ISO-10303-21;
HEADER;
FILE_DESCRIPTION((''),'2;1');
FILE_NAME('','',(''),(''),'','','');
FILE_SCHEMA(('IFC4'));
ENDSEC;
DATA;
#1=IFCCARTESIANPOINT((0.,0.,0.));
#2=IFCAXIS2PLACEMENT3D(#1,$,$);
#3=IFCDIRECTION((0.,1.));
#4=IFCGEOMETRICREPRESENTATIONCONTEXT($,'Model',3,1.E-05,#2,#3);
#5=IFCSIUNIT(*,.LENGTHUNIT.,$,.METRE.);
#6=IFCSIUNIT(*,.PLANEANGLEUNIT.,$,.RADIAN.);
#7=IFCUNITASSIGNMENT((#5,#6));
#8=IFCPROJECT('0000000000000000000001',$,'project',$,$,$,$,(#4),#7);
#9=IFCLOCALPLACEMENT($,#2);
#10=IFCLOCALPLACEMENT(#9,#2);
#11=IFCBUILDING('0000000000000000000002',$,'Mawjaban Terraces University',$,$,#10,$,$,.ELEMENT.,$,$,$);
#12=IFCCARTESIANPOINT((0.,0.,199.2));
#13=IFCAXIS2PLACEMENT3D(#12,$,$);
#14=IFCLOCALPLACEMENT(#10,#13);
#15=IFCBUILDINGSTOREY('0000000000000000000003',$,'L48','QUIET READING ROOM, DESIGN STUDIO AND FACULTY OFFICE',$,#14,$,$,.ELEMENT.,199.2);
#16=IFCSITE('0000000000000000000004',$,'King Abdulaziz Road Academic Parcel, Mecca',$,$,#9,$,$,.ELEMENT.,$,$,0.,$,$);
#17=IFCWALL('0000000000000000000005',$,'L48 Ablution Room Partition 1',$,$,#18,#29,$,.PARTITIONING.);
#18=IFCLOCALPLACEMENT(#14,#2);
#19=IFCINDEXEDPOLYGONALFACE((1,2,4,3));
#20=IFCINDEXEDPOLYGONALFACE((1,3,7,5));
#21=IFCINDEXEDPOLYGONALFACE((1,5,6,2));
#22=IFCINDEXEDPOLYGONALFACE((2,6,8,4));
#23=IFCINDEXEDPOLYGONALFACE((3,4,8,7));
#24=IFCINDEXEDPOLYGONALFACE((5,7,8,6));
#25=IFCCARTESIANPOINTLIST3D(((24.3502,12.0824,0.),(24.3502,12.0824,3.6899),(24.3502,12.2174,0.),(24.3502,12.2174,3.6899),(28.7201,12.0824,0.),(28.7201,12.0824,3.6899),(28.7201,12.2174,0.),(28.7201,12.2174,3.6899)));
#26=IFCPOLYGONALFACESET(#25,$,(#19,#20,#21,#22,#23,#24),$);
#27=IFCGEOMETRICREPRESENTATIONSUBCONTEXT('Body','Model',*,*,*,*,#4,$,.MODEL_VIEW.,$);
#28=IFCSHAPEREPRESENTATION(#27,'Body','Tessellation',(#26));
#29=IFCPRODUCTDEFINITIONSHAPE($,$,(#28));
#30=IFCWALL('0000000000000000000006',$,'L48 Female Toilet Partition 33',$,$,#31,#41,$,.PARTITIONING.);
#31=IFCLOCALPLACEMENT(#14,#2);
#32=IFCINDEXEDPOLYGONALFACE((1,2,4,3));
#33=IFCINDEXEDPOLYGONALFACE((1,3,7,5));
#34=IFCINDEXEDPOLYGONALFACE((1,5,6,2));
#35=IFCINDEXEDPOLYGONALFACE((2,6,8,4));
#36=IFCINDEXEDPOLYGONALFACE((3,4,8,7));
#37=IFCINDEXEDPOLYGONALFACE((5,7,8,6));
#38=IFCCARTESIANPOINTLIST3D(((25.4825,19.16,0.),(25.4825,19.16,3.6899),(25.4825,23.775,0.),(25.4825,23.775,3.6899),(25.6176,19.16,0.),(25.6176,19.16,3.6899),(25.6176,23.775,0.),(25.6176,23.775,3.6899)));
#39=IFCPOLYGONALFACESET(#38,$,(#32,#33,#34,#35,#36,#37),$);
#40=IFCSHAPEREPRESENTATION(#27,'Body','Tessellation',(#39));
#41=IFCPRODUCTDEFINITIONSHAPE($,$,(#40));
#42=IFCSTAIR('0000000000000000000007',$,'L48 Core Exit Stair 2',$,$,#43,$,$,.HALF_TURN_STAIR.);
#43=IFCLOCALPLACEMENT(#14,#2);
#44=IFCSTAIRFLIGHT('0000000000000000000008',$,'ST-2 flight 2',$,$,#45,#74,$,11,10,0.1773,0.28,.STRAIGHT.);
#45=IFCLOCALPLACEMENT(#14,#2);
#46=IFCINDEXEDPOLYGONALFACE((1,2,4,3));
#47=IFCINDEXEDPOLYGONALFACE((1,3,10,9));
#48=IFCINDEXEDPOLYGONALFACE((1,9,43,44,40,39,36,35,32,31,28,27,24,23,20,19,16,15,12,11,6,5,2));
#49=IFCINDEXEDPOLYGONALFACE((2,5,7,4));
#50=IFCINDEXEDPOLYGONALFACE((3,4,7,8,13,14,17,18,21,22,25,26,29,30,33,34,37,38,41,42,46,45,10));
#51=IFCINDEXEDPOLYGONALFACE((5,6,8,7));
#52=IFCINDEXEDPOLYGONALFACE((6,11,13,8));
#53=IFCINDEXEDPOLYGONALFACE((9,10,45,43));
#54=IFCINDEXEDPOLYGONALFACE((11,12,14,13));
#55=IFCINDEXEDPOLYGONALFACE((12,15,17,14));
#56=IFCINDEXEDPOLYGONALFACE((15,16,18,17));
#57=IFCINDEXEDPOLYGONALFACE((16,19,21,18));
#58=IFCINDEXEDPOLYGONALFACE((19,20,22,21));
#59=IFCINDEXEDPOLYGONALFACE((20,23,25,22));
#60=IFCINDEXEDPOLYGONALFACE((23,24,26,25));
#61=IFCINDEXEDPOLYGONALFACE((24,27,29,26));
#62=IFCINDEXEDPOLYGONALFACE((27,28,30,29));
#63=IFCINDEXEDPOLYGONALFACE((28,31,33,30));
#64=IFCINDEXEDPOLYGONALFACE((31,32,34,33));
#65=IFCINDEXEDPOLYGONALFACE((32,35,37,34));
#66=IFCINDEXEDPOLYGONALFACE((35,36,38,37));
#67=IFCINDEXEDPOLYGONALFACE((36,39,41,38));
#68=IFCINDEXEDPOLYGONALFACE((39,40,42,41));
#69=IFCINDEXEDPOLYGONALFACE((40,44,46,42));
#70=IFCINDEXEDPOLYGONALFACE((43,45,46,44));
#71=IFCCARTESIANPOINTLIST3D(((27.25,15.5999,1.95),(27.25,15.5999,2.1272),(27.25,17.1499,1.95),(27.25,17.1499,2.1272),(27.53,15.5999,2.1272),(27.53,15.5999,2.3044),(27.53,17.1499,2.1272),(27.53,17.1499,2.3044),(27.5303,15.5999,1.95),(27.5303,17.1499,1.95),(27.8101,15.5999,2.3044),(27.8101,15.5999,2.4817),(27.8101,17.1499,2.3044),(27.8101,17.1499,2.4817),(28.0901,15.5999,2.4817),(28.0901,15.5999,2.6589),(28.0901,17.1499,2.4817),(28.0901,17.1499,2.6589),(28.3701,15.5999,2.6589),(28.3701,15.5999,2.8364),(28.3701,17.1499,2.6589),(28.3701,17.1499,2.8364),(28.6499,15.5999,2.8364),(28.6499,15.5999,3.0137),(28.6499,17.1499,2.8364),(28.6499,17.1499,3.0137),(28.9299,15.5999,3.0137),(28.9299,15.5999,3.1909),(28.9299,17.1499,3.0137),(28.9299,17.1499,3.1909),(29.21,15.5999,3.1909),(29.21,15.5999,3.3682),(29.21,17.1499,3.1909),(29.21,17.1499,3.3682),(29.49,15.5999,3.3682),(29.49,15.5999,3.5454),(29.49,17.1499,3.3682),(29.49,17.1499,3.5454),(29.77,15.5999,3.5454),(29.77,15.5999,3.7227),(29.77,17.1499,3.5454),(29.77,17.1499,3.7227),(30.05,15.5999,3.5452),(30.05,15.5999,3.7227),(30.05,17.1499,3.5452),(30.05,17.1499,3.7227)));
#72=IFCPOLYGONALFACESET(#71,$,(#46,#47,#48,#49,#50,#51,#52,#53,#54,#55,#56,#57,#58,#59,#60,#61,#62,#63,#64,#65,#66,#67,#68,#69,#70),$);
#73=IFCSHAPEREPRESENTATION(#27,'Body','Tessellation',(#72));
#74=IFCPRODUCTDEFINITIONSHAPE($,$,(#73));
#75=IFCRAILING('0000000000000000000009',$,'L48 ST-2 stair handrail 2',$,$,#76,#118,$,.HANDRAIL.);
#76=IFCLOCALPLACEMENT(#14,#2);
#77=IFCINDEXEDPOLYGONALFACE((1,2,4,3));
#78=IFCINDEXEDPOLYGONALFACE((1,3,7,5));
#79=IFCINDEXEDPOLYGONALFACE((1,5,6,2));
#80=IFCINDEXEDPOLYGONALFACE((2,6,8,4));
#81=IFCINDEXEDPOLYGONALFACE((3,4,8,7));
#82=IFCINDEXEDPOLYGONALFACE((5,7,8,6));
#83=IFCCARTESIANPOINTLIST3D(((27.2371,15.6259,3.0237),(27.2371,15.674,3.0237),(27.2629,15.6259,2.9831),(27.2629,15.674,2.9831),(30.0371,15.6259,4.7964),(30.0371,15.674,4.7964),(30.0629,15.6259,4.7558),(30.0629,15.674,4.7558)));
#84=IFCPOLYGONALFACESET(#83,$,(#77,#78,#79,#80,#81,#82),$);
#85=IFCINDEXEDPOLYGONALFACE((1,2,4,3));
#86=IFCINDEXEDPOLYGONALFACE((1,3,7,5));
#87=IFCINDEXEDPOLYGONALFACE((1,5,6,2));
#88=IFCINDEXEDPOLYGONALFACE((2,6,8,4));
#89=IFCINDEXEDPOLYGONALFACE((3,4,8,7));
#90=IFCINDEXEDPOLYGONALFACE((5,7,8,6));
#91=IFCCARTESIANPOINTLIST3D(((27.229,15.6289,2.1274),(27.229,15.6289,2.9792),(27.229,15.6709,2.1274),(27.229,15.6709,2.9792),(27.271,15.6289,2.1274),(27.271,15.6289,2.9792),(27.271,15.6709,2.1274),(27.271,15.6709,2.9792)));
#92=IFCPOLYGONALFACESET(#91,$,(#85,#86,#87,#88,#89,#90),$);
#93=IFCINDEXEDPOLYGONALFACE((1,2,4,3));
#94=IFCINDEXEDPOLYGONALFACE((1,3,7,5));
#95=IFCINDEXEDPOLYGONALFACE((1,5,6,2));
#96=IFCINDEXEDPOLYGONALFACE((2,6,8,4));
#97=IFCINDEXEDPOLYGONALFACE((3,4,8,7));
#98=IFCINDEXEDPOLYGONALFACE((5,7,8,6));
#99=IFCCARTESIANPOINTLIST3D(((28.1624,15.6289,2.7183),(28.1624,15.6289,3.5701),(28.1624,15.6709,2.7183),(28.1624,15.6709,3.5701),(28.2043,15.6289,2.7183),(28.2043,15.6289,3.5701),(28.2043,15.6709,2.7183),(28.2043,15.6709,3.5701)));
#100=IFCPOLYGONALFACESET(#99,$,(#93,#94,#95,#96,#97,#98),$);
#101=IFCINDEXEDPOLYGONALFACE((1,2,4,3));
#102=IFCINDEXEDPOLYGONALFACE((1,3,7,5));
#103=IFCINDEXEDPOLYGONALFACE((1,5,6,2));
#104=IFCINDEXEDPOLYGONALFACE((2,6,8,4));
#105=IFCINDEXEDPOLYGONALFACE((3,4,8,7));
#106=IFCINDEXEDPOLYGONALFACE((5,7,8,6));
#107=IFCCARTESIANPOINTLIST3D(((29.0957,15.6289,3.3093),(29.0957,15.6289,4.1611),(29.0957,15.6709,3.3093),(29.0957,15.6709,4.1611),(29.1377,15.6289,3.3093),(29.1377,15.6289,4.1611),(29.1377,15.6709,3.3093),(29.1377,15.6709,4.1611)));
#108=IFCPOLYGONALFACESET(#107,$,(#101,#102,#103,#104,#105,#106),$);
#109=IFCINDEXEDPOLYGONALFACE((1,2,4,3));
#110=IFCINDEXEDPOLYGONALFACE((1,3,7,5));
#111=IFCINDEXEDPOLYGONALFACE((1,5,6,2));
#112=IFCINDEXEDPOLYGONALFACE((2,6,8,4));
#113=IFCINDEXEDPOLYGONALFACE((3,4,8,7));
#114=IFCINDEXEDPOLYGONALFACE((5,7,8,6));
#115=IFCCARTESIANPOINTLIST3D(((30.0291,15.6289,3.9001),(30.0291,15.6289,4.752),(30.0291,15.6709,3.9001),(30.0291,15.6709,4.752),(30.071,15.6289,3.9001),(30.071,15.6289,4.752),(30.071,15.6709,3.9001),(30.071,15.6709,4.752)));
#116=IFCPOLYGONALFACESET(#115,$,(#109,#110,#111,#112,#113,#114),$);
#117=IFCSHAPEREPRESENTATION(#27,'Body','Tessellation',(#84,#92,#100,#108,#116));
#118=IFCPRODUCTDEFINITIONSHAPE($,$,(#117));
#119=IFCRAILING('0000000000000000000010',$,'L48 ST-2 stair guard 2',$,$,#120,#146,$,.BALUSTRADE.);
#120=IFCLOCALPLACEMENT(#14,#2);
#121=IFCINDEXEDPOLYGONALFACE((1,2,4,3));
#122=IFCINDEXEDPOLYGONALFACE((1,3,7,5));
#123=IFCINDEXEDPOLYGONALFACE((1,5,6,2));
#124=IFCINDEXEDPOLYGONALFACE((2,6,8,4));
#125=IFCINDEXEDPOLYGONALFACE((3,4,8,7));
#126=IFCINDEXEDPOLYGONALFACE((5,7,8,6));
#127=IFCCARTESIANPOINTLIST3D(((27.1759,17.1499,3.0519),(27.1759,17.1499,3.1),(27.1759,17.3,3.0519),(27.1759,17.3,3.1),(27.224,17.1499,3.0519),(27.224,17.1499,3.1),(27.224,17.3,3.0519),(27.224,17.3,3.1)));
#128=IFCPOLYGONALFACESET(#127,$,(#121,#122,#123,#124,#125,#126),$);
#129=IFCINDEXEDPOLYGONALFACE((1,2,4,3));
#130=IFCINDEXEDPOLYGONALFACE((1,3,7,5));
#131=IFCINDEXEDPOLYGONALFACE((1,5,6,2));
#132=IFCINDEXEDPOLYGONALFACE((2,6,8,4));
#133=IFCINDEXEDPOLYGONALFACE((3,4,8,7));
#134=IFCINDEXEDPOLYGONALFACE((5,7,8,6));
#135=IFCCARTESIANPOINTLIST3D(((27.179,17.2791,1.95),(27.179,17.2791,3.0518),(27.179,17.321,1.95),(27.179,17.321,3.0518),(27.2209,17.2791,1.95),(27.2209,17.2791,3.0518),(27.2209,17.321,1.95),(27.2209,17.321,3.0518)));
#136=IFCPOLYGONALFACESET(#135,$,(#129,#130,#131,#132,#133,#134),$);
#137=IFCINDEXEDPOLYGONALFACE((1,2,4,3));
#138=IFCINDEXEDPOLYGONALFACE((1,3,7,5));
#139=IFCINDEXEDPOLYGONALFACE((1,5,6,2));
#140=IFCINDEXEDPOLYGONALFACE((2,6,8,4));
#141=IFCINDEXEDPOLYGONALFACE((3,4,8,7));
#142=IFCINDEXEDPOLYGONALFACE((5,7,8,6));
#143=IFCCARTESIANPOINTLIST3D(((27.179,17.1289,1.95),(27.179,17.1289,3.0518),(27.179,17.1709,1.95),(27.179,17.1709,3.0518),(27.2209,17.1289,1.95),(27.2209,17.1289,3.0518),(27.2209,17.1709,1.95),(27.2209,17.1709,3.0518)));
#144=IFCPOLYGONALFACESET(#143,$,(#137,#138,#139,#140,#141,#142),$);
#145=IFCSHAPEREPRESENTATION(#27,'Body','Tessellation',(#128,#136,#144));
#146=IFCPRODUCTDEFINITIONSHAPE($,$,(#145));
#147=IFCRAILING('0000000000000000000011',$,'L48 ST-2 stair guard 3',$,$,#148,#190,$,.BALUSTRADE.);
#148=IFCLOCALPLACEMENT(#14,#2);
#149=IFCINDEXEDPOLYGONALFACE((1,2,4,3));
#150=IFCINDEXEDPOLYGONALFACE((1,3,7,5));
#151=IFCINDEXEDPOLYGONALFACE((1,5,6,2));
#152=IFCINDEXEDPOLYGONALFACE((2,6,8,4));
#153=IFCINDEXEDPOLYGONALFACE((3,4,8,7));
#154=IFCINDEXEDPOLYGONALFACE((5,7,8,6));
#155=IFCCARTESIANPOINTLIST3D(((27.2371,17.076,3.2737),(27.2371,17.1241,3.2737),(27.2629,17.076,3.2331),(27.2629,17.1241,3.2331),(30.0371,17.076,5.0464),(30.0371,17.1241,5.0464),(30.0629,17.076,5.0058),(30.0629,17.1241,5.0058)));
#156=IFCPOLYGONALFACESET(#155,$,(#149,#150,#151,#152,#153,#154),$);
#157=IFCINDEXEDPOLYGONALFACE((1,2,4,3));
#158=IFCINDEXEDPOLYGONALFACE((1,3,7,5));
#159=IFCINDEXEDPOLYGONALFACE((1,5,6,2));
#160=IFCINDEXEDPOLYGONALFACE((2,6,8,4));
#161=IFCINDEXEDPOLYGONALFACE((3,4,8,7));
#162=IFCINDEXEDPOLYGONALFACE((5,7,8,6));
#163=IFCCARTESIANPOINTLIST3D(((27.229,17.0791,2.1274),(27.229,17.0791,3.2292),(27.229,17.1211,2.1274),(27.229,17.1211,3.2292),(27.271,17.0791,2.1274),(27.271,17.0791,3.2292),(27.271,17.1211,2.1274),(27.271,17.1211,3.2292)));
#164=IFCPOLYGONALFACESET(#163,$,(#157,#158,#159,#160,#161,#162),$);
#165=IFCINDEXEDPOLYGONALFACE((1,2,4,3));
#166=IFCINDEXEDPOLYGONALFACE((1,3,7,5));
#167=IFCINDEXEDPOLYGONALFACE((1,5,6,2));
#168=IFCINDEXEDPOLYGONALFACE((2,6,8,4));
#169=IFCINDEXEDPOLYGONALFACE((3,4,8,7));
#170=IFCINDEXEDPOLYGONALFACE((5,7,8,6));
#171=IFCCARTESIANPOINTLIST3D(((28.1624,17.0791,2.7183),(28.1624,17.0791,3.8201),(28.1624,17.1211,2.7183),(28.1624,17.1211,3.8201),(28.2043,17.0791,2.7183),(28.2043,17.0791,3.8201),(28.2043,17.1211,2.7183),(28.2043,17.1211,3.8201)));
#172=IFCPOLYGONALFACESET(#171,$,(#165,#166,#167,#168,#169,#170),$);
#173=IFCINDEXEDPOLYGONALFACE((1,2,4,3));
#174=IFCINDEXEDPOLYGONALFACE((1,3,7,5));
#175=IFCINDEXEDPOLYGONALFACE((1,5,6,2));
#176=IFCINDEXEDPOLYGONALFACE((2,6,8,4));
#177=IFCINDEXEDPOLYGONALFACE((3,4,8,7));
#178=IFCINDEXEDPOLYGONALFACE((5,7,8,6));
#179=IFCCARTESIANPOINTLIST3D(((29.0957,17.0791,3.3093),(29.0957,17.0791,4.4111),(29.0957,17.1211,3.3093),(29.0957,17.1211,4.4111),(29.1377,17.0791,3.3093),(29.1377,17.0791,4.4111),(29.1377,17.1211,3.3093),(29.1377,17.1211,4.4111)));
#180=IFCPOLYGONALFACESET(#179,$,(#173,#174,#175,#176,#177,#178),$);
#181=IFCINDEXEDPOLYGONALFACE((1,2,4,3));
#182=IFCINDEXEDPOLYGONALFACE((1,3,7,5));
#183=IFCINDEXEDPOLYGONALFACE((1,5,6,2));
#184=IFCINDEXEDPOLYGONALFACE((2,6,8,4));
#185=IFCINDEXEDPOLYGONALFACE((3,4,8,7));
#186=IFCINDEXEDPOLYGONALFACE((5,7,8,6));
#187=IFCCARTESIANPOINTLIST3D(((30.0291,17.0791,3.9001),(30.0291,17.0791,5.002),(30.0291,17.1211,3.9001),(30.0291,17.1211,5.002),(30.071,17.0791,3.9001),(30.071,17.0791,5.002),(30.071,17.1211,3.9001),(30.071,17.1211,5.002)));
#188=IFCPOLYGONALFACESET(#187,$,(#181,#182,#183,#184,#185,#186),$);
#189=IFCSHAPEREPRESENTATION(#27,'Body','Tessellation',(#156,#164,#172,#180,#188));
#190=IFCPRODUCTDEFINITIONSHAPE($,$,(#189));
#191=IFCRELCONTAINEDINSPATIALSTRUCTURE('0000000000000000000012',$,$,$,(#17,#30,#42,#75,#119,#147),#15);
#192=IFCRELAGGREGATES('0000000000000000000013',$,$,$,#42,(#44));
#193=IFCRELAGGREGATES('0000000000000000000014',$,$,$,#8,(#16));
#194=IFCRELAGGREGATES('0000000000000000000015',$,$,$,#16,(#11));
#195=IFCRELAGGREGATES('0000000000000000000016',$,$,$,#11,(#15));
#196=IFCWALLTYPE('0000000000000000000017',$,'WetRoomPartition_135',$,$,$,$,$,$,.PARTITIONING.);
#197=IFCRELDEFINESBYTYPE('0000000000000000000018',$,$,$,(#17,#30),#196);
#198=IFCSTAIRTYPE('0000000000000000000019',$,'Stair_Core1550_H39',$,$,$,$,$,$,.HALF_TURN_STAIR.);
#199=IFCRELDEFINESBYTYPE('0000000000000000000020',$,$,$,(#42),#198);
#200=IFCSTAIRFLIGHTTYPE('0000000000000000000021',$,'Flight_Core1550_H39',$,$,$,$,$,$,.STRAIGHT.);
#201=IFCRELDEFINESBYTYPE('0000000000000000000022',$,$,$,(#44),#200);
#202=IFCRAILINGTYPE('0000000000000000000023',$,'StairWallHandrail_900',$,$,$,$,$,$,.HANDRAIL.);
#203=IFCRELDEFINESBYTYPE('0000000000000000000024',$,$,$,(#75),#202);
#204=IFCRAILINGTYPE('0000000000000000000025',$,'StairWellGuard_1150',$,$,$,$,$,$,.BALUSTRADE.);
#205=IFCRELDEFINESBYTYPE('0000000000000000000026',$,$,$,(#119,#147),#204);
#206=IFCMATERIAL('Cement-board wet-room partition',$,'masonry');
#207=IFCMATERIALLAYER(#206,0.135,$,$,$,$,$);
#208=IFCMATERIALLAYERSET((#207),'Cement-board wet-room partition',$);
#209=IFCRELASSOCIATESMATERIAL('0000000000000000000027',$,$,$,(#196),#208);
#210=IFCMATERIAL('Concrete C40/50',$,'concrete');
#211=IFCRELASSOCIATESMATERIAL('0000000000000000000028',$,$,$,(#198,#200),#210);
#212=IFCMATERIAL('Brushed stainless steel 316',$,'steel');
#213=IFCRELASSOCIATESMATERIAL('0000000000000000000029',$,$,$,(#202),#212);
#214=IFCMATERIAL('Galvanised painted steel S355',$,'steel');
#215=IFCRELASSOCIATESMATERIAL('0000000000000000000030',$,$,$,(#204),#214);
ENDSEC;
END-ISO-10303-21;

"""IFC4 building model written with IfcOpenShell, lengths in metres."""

from ifc_helpers import new_model, si_unit, direction, frame, frame_2d, origin, origin_2d, place, context, subcontext, project, spatial, polyline, rectangle, outline, extrude, material, layer, layer_set, type_object, element, aggregate, save


model = new_model("IFC4")

# Units and contexts
model_context = context("Model", 3, precision=1e-05, world=origin(), true_north=direction((0.0, 1.0)))
body_context = subcontext(model_context, "Body", "Model", "MODEL_VIEW")
ifc_project = project(units=[si_unit("LENGTHUNIT", "METRE"), si_unit("PLANEANGLEUNIT", "RADIAN")], contexts=[model_context])

# Site, building, storey
site_placement = place(None, origin())
site = spatial("IfcSite", under=ifc_project, at=site_placement, Name="King Abdulaziz Road Academic Parcel, Mecca", CompositionType="ELEMENT", RefElevation=0.0)
building_placement = place(site_placement, origin())
building = spatial("IfcBuilding", under=site, at=building_placement, Name="Mawjaban Terraces University", CompositionType="ELEMENT")
storey_placement = place(building_placement, frame((0.0, 0.0, 199.2)))
storey = spatial("IfcBuildingStorey", under=building, at=storey_placement, Name="L48", Description="QUIET READING ROOM, DESIGN STUDIO AND FACULTY OFFICE", CompositionType="ELEMENT", Elevation=199.2)

# Walls
ifc_material_1 = material(Name="Concrete C40/50", Category="concrete")
ifc_material_2 = material(Name="Cement-board wet-room partition", Category="masonry")
ifc_layer_1 = layer(ifc_material_2, 0.135)
ifc_layer_set_1 = layer_set([ifc_layer_1], Name="Cement-board wet-room partition")
wall_type_1 = type_object("IfcWallType", Name="WetRoomPartition_135", PredefinedType="PARTITIONING", material=ifc_layer_set_1)
wall_1_placement = place(storey_placement, frame((24.3501, 12.1499, 0.0), z_axis=(0.0, 0.0, 1.0), x_axis=(1.0, 0.0, 0.0)))
element("IfcWall", 1, at=wall_1_placement, inside=storey, type_object=wall_type_1, Name="L48 Ablution Room Partition 1", PredefinedType="PARTITIONING", context=body_context, shape_type="SweptSolid", body=[
    extrude(rectangle(XDim=4.3699, YDim=0.135, at=frame_2d((2.1851, 0.0))), origin(), (0.0, 0.0, 1.0), 3.6899),
])
wall_2_placement = place(storey_placement, frame((25.55, 19.1599, 0.0), z_axis=(0.0, 0.0, 1.0), x_axis=(0.0, 1.0, 0.0)))
element("IfcWall", 2, at=wall_2_placement, inside=storey, type_object=wall_type_1, Name="L48 Female Toilet Partition 33", PredefinedType="PARTITIONING", context=body_context, shape_type="SweptSolid", body=[
    extrude(rectangle(XDim=4.615, YDim=0.135, at=frame_2d((2.3076, 0.0))), origin(), (0.0, 0.0, 1.0), 3.6899),
])

# Stair, stair flight
stair_type = type_object("IfcStairType", Name="Stair_Core1550_H39", PredefinedType="HALF_TURN_STAIR", material=ifc_material_1)
stair_placement = place(storey_placement, origin())
stair = element("IfcStair", 3, at=stair_placement, inside=storey, type_object=stair_type, Name="L48 Core Exit Stair 2", PredefinedType="HALF_TURN_STAIR")
stair_flight_type = type_object("IfcStairFlightType", Name="Flight_Core1550_H39", PredefinedType="STRAIGHT", material=ifc_material_1)
stair_flight_placement = place(storey_placement, frame((27.25, 16.375, 1.95), z_axis=(0.0, 0.0, 1.0), x_axis=(1.0, 0.0, 0.0)))
stair_flight = element("IfcStairFlight", 4, at=stair_flight_placement, type_object=stair_flight_type, Name="ST-2 flight 2", NumberOfRisers=11, NumberOfTreads=10, PredefinedType="STRAIGHT", RiserHeight=0.1773, TreadLength=0.28, context=body_context, shape_type="SweptSolid", body=[
    extrude(outline(polyline([(0.0, 0.0), (0.0, 0.1772), (0.28, 0.1772), (0.28, 0.3545), (0.5601, 0.3545), (0.5601, 0.5317), (0.8401, 0.5317), (0.8401, 0.709), (1.1201, 0.709), (1.1201, 0.8865), (1.3999, 0.8865), (1.3999, 1.0637), (1.6799, 1.0637), (1.6799, 1.241), (1.96, 1.241), (1.96, 1.4182), (2.24, 1.4182), (2.24, 1.5955), (2.52, 1.5955), (2.52, 1.7727), (2.8, 1.7727), (2.8, 1.95), (2.8, 1.5952), (0.2803, 0.0), (0.0, 0.0)])), frame((0.0, 0.7749, 0.0), z_axis=(0.0, -1.0, 0.0), x_axis=(1.0, 0.0, 0.0)), (0.0, 0.0, 1.0), 1.55),
])
aggregate(stair, [stair_flight])

# Railings
ifc_material_3 = material(Name="Brushed stainless steel 316", Category="steel")
railing_type_1 = type_object("IfcRailingType", Name="StairWallHandrail_900", PredefinedType="HANDRAIL", material=ifc_material_3)
railing_1_placement = place(storey_placement, frame((27.25, 15.6499, 2.1274)))
element("IfcRailing", 5, at=railing_1_placement, inside=storey, type_object=railing_type_1, Name="L48 ST-2 stair handrail 2", PredefinedType="HANDRAIL", context=body_context, shape_type="SweptSolid", body=[
    extrude(rectangle(XDim=0.0481, YDim=0.0481, at=origin_2d()), frame((0.0, 0.0, 0.876), z_axis=(0.844909, 0.0, 0.53491), x_axis=(0.0, 1.0, 0.0)), (0.0, 0.0, 1.0), 3.314),
    extrude(rectangle(XDim=0.042, YDim=0.042, at=origin_2d()), origin(), (0.0, 0.0, 1.0), 0.8518),
    extrude(rectangle(XDim=0.042, YDim=0.042, at=origin_2d()), frame((0.9333, 0.0, 0.5908)), (0.0, 0.0, 1.0), 0.8518),
    extrude(rectangle(XDim=0.042, YDim=0.042, at=origin_2d()), frame((1.8667, 0.0, 1.1819)), (0.0, 0.0, 1.0), 0.8518),
    extrude(rectangle(XDim=0.042, YDim=0.042, at=origin_2d()), frame((2.8, 0.0, 1.7727)), (0.0, 0.0, 1.0), 0.8518),
])
ifc_material_4 = material(Name="Galvanised painted steel S355", Category="steel")
railing_type_2 = type_object("IfcRailingType", Name="StairWellGuard_1150", PredefinedType="BALUSTRADE", material=ifc_material_4)
railing_2_placement = place(storey_placement, frame((27.2, 17.3, 1.95)))
element("IfcRailing", 6, at=railing_2_placement, inside=storey, type_object=railing_type_2, Name="L48 ST-2 stair guard 2", PredefinedType="BALUSTRADE", context=body_context, shape_type="SweptSolid", body=[
    extrude(rectangle(XDim=0.0481, YDim=0.0481, at=origin_2d()), frame((0.0, 0.0, 1.126), z_axis=(0.0, -1.0, 0.0), x_axis=(1.0, 0.0, 0.0)), (0.0, 0.0, 1.0), 0.1501),
    extrude(rectangle(XDim=0.042, YDim=0.042, at=origin_2d()), origin(), (0.0, 0.0, 1.0), 1.1018),
    extrude(rectangle(XDim=0.042, YDim=0.042, at=origin_2d()), frame((0.0, -0.1501, 0.0)), (0.0, 0.0, 1.0), 1.1018),
])
railing_3_placement = place(storey_placement, frame((27.25, 17.1001, 2.1274)))
element("IfcRailing", 7, at=railing_3_placement, inside=storey, type_object=railing_type_2, Name="L48 ST-2 stair guard 3", PredefinedType="BALUSTRADE", context=body_context, shape_type="SweptSolid", body=[
    extrude(rectangle(XDim=0.0481, YDim=0.0481, at=origin_2d()), frame((0.0, 0.0, 1.126), z_axis=(0.844909, 0.0, 0.53491), x_axis=(0.0, 1.0, 0.0)), (0.0, 0.0, 1.0), 3.314),
    extrude(rectangle(XDim=0.042, YDim=0.042, at=origin_2d()), origin(), (0.0, 0.0, 1.0), 1.1018),
    extrude(rectangle(XDim=0.042, YDim=0.042, at=origin_2d()), frame((0.9333, 0.0, 0.5908)), (0.0, 0.0, 1.0), 1.1018),
    extrude(rectangle(XDim=0.042, YDim=0.042, at=origin_2d()), frame((1.8667, 0.0, 1.1819)), (0.0, 0.0, 1.0), 1.1018),
    extrude(rectangle(XDim=0.042, YDim=0.042, at=origin_2d()), frame((2.8, 0.0, 1.7727)), (0.0, 0.0, 1.0), 1.1018),
])

save(model, "model.ifc")
